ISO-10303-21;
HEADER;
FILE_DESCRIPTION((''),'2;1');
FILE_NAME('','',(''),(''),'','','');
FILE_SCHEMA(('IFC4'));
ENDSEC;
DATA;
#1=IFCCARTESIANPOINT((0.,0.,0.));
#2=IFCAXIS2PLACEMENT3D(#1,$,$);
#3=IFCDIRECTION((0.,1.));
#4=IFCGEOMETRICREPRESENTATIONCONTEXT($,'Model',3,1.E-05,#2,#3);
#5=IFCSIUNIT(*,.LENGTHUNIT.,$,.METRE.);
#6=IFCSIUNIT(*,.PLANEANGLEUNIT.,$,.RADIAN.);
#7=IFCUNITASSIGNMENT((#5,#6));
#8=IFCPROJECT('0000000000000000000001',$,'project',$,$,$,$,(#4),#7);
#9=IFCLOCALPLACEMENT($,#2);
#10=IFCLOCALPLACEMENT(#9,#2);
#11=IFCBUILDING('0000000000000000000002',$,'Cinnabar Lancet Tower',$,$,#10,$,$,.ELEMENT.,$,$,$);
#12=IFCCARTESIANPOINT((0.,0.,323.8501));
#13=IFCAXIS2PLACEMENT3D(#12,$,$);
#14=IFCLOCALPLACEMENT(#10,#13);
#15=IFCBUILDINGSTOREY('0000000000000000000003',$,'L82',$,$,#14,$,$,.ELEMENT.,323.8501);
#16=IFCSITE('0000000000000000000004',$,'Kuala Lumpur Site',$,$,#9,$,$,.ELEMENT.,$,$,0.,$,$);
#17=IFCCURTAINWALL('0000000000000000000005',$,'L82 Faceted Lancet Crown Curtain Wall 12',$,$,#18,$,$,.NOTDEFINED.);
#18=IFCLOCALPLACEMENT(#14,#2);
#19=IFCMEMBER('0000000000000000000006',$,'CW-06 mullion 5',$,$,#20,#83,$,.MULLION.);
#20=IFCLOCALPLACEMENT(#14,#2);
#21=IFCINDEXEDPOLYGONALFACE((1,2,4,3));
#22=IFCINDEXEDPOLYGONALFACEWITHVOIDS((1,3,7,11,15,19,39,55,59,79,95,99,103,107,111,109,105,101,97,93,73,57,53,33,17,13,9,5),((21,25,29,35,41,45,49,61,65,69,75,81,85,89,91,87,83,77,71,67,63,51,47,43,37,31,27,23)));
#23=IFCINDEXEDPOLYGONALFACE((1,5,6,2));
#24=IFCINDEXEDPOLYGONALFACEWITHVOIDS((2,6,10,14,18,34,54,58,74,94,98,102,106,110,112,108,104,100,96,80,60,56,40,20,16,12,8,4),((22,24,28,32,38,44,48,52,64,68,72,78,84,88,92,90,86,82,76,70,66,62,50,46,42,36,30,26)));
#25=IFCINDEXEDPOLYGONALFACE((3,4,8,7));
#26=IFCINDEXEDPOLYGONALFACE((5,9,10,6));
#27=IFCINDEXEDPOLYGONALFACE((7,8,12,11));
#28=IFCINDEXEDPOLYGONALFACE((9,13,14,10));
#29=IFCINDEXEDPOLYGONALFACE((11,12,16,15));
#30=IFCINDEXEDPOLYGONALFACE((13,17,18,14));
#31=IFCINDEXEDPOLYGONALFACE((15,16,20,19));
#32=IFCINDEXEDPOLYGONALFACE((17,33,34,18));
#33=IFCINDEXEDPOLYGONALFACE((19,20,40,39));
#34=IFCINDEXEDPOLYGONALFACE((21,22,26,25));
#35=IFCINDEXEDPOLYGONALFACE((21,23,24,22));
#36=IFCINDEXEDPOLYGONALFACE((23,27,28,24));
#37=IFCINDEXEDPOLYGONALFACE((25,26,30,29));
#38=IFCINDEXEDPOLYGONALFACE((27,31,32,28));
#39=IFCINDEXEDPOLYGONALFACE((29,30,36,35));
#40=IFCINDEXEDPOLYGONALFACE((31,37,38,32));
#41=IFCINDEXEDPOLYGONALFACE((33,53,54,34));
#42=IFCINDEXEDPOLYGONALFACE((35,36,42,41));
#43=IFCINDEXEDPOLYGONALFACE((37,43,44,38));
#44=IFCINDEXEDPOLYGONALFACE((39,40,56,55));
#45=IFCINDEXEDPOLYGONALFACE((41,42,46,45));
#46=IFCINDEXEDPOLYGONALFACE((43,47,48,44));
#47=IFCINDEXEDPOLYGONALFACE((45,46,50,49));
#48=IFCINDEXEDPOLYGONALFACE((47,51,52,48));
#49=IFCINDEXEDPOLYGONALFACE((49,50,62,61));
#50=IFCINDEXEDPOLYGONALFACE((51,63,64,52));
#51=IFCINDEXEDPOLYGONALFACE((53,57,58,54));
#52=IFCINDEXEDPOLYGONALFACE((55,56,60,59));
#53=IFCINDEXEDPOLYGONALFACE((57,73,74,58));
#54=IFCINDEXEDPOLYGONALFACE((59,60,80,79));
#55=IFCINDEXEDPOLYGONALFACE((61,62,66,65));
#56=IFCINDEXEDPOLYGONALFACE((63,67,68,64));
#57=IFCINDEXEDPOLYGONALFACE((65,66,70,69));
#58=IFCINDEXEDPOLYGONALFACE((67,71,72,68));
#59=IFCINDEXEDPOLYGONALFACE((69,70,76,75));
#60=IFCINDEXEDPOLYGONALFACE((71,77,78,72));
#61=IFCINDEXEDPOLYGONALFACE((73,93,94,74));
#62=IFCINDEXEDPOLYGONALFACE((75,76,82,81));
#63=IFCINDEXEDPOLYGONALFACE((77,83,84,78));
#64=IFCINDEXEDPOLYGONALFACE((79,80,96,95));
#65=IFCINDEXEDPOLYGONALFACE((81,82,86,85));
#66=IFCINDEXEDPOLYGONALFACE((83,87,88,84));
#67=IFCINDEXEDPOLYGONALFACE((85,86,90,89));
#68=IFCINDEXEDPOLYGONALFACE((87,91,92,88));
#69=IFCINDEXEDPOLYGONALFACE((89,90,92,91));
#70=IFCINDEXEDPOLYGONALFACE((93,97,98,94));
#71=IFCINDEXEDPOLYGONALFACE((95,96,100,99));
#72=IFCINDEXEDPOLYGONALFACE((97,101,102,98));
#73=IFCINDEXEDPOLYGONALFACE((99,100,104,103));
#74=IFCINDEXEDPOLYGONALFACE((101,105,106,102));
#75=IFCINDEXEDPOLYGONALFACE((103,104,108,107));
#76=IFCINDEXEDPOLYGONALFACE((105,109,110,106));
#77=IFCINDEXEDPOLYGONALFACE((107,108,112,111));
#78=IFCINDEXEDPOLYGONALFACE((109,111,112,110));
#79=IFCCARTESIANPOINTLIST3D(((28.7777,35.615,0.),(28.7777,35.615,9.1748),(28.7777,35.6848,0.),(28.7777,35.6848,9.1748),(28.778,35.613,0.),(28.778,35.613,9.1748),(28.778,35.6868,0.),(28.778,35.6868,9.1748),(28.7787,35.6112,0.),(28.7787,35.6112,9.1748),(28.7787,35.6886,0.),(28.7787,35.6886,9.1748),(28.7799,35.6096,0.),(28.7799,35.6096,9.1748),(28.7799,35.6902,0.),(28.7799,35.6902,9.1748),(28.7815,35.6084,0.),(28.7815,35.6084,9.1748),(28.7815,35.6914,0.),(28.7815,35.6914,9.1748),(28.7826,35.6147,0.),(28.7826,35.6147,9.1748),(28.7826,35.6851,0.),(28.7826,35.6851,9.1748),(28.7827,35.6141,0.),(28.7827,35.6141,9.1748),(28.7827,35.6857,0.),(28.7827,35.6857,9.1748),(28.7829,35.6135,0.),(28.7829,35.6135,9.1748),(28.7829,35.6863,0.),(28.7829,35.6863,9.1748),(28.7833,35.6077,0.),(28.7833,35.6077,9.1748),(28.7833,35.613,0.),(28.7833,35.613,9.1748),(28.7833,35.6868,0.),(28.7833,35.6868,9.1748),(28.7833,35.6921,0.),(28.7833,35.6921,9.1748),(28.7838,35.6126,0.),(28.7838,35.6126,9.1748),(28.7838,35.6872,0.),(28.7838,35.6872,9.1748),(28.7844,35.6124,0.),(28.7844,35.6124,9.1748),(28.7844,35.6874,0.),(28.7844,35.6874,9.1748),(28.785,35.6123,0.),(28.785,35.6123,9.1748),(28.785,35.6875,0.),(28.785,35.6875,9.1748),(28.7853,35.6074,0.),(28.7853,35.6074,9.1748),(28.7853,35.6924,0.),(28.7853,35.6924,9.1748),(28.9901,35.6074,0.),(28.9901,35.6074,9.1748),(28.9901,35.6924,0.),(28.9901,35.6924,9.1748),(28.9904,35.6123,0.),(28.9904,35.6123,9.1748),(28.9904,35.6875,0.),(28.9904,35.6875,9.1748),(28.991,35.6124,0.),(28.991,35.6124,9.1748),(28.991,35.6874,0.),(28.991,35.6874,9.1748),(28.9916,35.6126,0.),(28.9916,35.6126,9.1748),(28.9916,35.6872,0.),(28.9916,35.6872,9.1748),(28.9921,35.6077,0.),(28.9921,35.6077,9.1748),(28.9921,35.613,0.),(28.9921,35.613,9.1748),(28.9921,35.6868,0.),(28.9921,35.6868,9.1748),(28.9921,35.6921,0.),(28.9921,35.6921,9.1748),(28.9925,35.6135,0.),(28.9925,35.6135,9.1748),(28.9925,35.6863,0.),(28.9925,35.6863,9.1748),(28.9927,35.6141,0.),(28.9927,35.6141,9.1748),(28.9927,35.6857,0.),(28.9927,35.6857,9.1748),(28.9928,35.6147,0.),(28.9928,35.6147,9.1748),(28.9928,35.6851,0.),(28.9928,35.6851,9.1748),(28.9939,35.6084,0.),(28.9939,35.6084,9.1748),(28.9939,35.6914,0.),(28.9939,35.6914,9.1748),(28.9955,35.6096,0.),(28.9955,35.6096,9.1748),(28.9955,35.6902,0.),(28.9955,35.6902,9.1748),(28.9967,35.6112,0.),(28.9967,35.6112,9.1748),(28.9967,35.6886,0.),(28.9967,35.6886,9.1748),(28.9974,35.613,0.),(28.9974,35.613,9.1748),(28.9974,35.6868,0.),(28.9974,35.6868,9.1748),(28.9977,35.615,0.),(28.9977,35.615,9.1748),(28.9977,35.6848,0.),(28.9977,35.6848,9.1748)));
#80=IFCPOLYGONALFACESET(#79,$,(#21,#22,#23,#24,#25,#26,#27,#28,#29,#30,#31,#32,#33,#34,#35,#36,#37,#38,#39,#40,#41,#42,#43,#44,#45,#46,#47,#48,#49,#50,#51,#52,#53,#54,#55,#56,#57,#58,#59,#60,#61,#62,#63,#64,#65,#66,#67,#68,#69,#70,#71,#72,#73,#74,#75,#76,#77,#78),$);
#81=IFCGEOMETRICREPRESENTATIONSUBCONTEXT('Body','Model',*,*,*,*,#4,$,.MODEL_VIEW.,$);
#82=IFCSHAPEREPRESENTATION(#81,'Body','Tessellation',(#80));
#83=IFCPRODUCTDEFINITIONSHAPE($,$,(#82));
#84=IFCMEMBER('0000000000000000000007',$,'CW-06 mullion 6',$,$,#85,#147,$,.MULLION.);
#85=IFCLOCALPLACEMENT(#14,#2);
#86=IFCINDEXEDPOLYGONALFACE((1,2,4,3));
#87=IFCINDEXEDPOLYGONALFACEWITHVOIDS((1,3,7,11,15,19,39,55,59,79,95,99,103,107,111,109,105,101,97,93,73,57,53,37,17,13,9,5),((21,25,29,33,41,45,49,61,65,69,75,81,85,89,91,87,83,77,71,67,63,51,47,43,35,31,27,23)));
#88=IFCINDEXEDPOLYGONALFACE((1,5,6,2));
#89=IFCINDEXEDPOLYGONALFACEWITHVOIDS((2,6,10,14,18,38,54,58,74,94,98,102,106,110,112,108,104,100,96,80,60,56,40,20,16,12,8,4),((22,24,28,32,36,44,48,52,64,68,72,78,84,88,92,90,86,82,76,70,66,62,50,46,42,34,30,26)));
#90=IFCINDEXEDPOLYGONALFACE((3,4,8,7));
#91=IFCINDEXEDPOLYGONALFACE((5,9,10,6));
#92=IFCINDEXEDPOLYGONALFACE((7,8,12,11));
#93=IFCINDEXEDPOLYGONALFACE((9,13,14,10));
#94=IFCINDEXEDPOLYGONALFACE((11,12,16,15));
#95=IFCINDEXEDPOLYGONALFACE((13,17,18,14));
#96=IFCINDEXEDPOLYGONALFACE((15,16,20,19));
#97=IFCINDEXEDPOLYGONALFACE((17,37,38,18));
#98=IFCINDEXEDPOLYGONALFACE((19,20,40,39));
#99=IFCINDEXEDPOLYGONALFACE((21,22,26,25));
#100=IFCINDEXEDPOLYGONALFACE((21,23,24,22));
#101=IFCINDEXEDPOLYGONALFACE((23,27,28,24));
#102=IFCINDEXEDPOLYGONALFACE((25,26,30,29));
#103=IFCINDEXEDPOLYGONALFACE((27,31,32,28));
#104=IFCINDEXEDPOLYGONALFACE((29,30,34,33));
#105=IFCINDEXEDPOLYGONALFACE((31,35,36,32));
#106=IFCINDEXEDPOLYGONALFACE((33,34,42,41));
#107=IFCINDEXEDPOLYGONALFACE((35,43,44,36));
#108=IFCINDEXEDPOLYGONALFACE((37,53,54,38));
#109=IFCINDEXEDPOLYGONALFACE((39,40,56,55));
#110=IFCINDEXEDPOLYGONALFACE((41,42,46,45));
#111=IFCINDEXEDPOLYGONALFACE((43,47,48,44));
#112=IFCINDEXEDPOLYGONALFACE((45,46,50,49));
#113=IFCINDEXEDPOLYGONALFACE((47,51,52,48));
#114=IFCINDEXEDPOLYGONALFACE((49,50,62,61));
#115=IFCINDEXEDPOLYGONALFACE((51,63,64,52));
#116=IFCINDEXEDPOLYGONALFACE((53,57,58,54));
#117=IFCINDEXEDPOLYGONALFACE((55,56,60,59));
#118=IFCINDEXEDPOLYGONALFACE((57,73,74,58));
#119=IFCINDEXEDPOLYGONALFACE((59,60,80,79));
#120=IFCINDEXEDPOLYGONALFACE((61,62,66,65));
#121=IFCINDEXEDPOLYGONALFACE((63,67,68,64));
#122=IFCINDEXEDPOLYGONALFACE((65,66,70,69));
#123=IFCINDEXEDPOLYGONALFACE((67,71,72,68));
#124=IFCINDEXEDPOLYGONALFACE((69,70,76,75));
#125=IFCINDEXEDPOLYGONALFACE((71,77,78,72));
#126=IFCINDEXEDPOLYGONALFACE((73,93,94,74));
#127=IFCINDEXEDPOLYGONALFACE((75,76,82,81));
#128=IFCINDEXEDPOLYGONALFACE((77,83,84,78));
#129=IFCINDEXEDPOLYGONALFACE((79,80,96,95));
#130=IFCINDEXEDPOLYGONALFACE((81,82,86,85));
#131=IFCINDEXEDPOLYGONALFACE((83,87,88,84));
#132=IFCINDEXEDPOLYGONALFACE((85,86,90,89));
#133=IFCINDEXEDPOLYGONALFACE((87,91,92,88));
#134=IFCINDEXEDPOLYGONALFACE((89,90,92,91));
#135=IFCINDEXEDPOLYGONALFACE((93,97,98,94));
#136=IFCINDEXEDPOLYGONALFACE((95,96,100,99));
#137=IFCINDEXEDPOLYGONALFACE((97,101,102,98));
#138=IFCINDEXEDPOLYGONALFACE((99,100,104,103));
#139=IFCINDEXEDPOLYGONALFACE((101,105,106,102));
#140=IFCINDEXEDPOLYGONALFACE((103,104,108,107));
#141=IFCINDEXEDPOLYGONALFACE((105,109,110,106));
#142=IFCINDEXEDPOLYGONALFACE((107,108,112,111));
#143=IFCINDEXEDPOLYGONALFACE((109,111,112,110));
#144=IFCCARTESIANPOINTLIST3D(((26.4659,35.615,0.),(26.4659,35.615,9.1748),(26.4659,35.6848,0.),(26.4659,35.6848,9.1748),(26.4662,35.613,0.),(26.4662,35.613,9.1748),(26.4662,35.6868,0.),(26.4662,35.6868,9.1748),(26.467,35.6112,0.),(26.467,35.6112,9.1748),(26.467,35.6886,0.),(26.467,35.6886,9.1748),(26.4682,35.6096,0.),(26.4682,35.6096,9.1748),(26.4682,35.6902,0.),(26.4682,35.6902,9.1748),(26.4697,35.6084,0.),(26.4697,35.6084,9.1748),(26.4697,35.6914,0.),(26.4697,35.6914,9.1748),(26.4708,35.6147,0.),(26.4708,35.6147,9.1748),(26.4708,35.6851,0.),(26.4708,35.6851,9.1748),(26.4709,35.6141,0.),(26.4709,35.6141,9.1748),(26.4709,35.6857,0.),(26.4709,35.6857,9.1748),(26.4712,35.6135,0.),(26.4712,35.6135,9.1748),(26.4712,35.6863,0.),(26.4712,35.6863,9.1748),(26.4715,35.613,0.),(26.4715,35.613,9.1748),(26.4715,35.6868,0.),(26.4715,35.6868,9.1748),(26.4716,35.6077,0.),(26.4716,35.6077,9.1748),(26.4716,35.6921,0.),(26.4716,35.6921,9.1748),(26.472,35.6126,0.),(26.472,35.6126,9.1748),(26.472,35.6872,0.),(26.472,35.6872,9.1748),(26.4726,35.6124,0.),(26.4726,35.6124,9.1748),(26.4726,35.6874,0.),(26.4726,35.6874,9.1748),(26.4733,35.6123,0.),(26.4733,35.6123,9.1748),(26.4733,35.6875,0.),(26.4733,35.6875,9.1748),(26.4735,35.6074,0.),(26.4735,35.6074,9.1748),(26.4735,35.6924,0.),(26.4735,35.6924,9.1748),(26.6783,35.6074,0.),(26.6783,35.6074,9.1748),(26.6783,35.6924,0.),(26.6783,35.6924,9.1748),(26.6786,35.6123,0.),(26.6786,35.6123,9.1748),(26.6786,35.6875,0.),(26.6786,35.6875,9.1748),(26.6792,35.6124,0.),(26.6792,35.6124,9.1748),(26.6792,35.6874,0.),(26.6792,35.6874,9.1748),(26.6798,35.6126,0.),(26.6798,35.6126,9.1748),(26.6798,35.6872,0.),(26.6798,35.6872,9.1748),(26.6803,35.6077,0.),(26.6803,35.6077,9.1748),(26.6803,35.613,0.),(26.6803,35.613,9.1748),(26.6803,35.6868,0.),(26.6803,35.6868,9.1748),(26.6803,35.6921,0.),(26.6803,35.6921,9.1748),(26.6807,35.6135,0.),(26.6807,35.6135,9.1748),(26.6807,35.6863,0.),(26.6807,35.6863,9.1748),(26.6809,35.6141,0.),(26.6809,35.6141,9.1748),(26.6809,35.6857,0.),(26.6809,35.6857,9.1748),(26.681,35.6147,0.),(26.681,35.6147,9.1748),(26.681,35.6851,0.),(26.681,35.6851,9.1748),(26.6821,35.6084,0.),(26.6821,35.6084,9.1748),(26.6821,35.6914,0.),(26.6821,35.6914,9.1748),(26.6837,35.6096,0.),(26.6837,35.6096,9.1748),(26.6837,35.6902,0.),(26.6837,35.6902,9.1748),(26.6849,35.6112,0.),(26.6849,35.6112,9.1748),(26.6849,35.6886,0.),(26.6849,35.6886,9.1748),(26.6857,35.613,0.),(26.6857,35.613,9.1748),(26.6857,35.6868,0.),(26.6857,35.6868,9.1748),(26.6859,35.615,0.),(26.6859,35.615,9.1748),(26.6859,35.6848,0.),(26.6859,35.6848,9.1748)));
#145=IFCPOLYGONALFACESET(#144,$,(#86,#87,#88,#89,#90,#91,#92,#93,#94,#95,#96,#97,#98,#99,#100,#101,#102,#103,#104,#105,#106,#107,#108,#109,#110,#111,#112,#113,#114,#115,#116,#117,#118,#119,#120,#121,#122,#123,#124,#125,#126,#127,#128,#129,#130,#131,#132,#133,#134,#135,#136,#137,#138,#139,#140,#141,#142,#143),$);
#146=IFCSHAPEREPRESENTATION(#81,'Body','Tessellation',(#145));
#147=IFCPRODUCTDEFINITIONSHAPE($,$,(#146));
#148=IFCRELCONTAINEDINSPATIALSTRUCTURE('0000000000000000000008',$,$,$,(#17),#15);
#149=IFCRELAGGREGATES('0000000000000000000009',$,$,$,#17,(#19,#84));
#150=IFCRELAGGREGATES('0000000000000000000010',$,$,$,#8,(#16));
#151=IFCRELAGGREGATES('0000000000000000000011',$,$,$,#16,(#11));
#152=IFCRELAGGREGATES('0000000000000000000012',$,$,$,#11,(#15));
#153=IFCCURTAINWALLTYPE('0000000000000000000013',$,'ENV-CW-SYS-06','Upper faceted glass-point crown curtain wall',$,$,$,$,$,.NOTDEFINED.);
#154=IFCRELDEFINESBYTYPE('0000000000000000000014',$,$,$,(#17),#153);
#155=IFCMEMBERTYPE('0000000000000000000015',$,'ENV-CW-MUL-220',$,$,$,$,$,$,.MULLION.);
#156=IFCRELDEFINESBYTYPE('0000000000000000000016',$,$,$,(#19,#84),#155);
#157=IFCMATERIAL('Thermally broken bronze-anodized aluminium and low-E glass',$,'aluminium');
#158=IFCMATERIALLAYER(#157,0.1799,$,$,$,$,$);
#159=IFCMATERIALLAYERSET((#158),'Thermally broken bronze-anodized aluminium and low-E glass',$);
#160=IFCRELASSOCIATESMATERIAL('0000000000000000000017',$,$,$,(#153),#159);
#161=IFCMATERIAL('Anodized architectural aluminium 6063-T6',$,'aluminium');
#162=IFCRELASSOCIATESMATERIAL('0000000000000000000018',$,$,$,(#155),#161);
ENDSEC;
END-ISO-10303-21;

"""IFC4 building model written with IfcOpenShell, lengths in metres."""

from ifc_helpers import new_model, si_unit, direction, frame, origin, origin_2d, place, context, subcontext, project, spatial, hollow_rectangle, extrude, material, layer, layer_set, material_profile, profile_set, type_object, element, aggregate, save


model = new_model("IFC4")

# Units and contexts
model_context = context("Model", 3, precision=1e-05, world=origin(), true_north=direction((0.0, 1.0)))
body_context = subcontext(model_context, "Body", "Model", "MODEL_VIEW")
ifc_project = project(units=[si_unit("LENGTHUNIT", "METRE"), si_unit("PLANEANGLEUNIT", "RADIAN")], contexts=[model_context])

# Site, building, storey
site_placement = place(None, origin())
site = spatial("IfcSite", under=ifc_project, at=site_placement, Name="Kuala Lumpur Site", CompositionType="ELEMENT", RefElevation=0.0)
building_placement = place(site_placement, origin())
building = spatial("IfcBuilding", under=site, at=building_placement, Name="Cinnabar Lancet Tower", CompositionType="ELEMENT")
storey_placement = place(building_placement, frame((0.0, 0.0, 323.8501)))
storey = spatial("IfcBuildingStorey", under=building, at=storey_placement, Name="L82", CompositionType="ELEMENT", Elevation=323.8501)

# Curtain wall, members
ifc_material_1 = material(Name="Thermally broken bronze-anodized aluminium and low-E glass", Category="aluminium")
ifc_layer_1 = layer(ifc_material_1, 0.1799)
ifc_layer_set_1 = layer_set([ifc_layer_1], Name="Thermally broken bronze-anodized aluminium and low-E glass")
curtain_wall_type = type_object("IfcCurtainWallType", Name="ENV-CW-SYS-06", Description="Upper faceted glass-point crown curtain wall", PredefinedType="NOTDEFINED", material=ifc_layer_set_1)
curtain_wall_1_placement = place(storey_placement, origin())
curtain_wall_1 = element("IfcCurtainWall", 1, at=curtain_wall_1_placement, inside=storey, type_object=curtain_wall_type, Name="L82 Faceted Lancet Crown Curtain Wall 12", PredefinedType="NOTDEFINED")
ifc_material_2 = material(Name="Anodized architectural aluminium 6063-T6", Category="aluminium")
ifc_material_profile_1 = material_profile(ifc_material_2, hollow_rectangle(XDim=0.085, YDim=0.22, WallThickness=0.0049, InnerFilletRadius=0.0024, OuterFilletRadius=0.0076, at=origin_2d()), Name="CW-MUL 220x85x5")
ifc_profile_set_1 = profile_set([ifc_material_profile_1], Name="Anodized architectural aluminium 6063-T6")
member_type_1 = type_object("IfcMemberType", Name="ENV-CW-MUL-220", PredefinedType="MULLION", material=ifc_profile_set_1)
member_1_placement = place(storey_placement, frame((28.8877, 35.6499, 0.0), z_axis=(0.0, 0.0, 1.0), x_axis=(0.0, -1.0, 0.0)))
member_1 = element("IfcMember", 2, at=member_1_placement, type_object=member_type_1, Name="CW-06 mullion 5", PredefinedType="MULLION", context=body_context, shape_type="SweptSolid", body=[
    extrude(hollow_rectangle(XDim=0.085, YDim=0.22, WallThickness=0.0049, InnerFilletRadius=0.0024, OuterFilletRadius=0.0076, at=origin_2d()), origin(), (0.0, 0.0, 1.0), 9.1748),
])
member_2_placement = place(storey_placement, frame((26.5759, 35.6499, 0.0), z_axis=(0.0, 0.0, 1.0), x_axis=(0.0, -1.0, 0.0)))
member_2 = element("IfcMember", 3, at=member_2_placement, type_object=member_type_1, Name="CW-06 mullion 6", PredefinedType="MULLION", context=body_context, shape_type="SweptSolid", body=[
    extrude(hollow_rectangle(XDim=0.085, YDim=0.22, WallThickness=0.0049, InnerFilletRadius=0.0024, OuterFilletRadius=0.0076, at=origin_2d()), origin(), (0.0, 0.0, 1.0), 9.1748),
])

aggregate(curtain_wall_1, [member_1, member_2])

save(model, "model.ifc")
